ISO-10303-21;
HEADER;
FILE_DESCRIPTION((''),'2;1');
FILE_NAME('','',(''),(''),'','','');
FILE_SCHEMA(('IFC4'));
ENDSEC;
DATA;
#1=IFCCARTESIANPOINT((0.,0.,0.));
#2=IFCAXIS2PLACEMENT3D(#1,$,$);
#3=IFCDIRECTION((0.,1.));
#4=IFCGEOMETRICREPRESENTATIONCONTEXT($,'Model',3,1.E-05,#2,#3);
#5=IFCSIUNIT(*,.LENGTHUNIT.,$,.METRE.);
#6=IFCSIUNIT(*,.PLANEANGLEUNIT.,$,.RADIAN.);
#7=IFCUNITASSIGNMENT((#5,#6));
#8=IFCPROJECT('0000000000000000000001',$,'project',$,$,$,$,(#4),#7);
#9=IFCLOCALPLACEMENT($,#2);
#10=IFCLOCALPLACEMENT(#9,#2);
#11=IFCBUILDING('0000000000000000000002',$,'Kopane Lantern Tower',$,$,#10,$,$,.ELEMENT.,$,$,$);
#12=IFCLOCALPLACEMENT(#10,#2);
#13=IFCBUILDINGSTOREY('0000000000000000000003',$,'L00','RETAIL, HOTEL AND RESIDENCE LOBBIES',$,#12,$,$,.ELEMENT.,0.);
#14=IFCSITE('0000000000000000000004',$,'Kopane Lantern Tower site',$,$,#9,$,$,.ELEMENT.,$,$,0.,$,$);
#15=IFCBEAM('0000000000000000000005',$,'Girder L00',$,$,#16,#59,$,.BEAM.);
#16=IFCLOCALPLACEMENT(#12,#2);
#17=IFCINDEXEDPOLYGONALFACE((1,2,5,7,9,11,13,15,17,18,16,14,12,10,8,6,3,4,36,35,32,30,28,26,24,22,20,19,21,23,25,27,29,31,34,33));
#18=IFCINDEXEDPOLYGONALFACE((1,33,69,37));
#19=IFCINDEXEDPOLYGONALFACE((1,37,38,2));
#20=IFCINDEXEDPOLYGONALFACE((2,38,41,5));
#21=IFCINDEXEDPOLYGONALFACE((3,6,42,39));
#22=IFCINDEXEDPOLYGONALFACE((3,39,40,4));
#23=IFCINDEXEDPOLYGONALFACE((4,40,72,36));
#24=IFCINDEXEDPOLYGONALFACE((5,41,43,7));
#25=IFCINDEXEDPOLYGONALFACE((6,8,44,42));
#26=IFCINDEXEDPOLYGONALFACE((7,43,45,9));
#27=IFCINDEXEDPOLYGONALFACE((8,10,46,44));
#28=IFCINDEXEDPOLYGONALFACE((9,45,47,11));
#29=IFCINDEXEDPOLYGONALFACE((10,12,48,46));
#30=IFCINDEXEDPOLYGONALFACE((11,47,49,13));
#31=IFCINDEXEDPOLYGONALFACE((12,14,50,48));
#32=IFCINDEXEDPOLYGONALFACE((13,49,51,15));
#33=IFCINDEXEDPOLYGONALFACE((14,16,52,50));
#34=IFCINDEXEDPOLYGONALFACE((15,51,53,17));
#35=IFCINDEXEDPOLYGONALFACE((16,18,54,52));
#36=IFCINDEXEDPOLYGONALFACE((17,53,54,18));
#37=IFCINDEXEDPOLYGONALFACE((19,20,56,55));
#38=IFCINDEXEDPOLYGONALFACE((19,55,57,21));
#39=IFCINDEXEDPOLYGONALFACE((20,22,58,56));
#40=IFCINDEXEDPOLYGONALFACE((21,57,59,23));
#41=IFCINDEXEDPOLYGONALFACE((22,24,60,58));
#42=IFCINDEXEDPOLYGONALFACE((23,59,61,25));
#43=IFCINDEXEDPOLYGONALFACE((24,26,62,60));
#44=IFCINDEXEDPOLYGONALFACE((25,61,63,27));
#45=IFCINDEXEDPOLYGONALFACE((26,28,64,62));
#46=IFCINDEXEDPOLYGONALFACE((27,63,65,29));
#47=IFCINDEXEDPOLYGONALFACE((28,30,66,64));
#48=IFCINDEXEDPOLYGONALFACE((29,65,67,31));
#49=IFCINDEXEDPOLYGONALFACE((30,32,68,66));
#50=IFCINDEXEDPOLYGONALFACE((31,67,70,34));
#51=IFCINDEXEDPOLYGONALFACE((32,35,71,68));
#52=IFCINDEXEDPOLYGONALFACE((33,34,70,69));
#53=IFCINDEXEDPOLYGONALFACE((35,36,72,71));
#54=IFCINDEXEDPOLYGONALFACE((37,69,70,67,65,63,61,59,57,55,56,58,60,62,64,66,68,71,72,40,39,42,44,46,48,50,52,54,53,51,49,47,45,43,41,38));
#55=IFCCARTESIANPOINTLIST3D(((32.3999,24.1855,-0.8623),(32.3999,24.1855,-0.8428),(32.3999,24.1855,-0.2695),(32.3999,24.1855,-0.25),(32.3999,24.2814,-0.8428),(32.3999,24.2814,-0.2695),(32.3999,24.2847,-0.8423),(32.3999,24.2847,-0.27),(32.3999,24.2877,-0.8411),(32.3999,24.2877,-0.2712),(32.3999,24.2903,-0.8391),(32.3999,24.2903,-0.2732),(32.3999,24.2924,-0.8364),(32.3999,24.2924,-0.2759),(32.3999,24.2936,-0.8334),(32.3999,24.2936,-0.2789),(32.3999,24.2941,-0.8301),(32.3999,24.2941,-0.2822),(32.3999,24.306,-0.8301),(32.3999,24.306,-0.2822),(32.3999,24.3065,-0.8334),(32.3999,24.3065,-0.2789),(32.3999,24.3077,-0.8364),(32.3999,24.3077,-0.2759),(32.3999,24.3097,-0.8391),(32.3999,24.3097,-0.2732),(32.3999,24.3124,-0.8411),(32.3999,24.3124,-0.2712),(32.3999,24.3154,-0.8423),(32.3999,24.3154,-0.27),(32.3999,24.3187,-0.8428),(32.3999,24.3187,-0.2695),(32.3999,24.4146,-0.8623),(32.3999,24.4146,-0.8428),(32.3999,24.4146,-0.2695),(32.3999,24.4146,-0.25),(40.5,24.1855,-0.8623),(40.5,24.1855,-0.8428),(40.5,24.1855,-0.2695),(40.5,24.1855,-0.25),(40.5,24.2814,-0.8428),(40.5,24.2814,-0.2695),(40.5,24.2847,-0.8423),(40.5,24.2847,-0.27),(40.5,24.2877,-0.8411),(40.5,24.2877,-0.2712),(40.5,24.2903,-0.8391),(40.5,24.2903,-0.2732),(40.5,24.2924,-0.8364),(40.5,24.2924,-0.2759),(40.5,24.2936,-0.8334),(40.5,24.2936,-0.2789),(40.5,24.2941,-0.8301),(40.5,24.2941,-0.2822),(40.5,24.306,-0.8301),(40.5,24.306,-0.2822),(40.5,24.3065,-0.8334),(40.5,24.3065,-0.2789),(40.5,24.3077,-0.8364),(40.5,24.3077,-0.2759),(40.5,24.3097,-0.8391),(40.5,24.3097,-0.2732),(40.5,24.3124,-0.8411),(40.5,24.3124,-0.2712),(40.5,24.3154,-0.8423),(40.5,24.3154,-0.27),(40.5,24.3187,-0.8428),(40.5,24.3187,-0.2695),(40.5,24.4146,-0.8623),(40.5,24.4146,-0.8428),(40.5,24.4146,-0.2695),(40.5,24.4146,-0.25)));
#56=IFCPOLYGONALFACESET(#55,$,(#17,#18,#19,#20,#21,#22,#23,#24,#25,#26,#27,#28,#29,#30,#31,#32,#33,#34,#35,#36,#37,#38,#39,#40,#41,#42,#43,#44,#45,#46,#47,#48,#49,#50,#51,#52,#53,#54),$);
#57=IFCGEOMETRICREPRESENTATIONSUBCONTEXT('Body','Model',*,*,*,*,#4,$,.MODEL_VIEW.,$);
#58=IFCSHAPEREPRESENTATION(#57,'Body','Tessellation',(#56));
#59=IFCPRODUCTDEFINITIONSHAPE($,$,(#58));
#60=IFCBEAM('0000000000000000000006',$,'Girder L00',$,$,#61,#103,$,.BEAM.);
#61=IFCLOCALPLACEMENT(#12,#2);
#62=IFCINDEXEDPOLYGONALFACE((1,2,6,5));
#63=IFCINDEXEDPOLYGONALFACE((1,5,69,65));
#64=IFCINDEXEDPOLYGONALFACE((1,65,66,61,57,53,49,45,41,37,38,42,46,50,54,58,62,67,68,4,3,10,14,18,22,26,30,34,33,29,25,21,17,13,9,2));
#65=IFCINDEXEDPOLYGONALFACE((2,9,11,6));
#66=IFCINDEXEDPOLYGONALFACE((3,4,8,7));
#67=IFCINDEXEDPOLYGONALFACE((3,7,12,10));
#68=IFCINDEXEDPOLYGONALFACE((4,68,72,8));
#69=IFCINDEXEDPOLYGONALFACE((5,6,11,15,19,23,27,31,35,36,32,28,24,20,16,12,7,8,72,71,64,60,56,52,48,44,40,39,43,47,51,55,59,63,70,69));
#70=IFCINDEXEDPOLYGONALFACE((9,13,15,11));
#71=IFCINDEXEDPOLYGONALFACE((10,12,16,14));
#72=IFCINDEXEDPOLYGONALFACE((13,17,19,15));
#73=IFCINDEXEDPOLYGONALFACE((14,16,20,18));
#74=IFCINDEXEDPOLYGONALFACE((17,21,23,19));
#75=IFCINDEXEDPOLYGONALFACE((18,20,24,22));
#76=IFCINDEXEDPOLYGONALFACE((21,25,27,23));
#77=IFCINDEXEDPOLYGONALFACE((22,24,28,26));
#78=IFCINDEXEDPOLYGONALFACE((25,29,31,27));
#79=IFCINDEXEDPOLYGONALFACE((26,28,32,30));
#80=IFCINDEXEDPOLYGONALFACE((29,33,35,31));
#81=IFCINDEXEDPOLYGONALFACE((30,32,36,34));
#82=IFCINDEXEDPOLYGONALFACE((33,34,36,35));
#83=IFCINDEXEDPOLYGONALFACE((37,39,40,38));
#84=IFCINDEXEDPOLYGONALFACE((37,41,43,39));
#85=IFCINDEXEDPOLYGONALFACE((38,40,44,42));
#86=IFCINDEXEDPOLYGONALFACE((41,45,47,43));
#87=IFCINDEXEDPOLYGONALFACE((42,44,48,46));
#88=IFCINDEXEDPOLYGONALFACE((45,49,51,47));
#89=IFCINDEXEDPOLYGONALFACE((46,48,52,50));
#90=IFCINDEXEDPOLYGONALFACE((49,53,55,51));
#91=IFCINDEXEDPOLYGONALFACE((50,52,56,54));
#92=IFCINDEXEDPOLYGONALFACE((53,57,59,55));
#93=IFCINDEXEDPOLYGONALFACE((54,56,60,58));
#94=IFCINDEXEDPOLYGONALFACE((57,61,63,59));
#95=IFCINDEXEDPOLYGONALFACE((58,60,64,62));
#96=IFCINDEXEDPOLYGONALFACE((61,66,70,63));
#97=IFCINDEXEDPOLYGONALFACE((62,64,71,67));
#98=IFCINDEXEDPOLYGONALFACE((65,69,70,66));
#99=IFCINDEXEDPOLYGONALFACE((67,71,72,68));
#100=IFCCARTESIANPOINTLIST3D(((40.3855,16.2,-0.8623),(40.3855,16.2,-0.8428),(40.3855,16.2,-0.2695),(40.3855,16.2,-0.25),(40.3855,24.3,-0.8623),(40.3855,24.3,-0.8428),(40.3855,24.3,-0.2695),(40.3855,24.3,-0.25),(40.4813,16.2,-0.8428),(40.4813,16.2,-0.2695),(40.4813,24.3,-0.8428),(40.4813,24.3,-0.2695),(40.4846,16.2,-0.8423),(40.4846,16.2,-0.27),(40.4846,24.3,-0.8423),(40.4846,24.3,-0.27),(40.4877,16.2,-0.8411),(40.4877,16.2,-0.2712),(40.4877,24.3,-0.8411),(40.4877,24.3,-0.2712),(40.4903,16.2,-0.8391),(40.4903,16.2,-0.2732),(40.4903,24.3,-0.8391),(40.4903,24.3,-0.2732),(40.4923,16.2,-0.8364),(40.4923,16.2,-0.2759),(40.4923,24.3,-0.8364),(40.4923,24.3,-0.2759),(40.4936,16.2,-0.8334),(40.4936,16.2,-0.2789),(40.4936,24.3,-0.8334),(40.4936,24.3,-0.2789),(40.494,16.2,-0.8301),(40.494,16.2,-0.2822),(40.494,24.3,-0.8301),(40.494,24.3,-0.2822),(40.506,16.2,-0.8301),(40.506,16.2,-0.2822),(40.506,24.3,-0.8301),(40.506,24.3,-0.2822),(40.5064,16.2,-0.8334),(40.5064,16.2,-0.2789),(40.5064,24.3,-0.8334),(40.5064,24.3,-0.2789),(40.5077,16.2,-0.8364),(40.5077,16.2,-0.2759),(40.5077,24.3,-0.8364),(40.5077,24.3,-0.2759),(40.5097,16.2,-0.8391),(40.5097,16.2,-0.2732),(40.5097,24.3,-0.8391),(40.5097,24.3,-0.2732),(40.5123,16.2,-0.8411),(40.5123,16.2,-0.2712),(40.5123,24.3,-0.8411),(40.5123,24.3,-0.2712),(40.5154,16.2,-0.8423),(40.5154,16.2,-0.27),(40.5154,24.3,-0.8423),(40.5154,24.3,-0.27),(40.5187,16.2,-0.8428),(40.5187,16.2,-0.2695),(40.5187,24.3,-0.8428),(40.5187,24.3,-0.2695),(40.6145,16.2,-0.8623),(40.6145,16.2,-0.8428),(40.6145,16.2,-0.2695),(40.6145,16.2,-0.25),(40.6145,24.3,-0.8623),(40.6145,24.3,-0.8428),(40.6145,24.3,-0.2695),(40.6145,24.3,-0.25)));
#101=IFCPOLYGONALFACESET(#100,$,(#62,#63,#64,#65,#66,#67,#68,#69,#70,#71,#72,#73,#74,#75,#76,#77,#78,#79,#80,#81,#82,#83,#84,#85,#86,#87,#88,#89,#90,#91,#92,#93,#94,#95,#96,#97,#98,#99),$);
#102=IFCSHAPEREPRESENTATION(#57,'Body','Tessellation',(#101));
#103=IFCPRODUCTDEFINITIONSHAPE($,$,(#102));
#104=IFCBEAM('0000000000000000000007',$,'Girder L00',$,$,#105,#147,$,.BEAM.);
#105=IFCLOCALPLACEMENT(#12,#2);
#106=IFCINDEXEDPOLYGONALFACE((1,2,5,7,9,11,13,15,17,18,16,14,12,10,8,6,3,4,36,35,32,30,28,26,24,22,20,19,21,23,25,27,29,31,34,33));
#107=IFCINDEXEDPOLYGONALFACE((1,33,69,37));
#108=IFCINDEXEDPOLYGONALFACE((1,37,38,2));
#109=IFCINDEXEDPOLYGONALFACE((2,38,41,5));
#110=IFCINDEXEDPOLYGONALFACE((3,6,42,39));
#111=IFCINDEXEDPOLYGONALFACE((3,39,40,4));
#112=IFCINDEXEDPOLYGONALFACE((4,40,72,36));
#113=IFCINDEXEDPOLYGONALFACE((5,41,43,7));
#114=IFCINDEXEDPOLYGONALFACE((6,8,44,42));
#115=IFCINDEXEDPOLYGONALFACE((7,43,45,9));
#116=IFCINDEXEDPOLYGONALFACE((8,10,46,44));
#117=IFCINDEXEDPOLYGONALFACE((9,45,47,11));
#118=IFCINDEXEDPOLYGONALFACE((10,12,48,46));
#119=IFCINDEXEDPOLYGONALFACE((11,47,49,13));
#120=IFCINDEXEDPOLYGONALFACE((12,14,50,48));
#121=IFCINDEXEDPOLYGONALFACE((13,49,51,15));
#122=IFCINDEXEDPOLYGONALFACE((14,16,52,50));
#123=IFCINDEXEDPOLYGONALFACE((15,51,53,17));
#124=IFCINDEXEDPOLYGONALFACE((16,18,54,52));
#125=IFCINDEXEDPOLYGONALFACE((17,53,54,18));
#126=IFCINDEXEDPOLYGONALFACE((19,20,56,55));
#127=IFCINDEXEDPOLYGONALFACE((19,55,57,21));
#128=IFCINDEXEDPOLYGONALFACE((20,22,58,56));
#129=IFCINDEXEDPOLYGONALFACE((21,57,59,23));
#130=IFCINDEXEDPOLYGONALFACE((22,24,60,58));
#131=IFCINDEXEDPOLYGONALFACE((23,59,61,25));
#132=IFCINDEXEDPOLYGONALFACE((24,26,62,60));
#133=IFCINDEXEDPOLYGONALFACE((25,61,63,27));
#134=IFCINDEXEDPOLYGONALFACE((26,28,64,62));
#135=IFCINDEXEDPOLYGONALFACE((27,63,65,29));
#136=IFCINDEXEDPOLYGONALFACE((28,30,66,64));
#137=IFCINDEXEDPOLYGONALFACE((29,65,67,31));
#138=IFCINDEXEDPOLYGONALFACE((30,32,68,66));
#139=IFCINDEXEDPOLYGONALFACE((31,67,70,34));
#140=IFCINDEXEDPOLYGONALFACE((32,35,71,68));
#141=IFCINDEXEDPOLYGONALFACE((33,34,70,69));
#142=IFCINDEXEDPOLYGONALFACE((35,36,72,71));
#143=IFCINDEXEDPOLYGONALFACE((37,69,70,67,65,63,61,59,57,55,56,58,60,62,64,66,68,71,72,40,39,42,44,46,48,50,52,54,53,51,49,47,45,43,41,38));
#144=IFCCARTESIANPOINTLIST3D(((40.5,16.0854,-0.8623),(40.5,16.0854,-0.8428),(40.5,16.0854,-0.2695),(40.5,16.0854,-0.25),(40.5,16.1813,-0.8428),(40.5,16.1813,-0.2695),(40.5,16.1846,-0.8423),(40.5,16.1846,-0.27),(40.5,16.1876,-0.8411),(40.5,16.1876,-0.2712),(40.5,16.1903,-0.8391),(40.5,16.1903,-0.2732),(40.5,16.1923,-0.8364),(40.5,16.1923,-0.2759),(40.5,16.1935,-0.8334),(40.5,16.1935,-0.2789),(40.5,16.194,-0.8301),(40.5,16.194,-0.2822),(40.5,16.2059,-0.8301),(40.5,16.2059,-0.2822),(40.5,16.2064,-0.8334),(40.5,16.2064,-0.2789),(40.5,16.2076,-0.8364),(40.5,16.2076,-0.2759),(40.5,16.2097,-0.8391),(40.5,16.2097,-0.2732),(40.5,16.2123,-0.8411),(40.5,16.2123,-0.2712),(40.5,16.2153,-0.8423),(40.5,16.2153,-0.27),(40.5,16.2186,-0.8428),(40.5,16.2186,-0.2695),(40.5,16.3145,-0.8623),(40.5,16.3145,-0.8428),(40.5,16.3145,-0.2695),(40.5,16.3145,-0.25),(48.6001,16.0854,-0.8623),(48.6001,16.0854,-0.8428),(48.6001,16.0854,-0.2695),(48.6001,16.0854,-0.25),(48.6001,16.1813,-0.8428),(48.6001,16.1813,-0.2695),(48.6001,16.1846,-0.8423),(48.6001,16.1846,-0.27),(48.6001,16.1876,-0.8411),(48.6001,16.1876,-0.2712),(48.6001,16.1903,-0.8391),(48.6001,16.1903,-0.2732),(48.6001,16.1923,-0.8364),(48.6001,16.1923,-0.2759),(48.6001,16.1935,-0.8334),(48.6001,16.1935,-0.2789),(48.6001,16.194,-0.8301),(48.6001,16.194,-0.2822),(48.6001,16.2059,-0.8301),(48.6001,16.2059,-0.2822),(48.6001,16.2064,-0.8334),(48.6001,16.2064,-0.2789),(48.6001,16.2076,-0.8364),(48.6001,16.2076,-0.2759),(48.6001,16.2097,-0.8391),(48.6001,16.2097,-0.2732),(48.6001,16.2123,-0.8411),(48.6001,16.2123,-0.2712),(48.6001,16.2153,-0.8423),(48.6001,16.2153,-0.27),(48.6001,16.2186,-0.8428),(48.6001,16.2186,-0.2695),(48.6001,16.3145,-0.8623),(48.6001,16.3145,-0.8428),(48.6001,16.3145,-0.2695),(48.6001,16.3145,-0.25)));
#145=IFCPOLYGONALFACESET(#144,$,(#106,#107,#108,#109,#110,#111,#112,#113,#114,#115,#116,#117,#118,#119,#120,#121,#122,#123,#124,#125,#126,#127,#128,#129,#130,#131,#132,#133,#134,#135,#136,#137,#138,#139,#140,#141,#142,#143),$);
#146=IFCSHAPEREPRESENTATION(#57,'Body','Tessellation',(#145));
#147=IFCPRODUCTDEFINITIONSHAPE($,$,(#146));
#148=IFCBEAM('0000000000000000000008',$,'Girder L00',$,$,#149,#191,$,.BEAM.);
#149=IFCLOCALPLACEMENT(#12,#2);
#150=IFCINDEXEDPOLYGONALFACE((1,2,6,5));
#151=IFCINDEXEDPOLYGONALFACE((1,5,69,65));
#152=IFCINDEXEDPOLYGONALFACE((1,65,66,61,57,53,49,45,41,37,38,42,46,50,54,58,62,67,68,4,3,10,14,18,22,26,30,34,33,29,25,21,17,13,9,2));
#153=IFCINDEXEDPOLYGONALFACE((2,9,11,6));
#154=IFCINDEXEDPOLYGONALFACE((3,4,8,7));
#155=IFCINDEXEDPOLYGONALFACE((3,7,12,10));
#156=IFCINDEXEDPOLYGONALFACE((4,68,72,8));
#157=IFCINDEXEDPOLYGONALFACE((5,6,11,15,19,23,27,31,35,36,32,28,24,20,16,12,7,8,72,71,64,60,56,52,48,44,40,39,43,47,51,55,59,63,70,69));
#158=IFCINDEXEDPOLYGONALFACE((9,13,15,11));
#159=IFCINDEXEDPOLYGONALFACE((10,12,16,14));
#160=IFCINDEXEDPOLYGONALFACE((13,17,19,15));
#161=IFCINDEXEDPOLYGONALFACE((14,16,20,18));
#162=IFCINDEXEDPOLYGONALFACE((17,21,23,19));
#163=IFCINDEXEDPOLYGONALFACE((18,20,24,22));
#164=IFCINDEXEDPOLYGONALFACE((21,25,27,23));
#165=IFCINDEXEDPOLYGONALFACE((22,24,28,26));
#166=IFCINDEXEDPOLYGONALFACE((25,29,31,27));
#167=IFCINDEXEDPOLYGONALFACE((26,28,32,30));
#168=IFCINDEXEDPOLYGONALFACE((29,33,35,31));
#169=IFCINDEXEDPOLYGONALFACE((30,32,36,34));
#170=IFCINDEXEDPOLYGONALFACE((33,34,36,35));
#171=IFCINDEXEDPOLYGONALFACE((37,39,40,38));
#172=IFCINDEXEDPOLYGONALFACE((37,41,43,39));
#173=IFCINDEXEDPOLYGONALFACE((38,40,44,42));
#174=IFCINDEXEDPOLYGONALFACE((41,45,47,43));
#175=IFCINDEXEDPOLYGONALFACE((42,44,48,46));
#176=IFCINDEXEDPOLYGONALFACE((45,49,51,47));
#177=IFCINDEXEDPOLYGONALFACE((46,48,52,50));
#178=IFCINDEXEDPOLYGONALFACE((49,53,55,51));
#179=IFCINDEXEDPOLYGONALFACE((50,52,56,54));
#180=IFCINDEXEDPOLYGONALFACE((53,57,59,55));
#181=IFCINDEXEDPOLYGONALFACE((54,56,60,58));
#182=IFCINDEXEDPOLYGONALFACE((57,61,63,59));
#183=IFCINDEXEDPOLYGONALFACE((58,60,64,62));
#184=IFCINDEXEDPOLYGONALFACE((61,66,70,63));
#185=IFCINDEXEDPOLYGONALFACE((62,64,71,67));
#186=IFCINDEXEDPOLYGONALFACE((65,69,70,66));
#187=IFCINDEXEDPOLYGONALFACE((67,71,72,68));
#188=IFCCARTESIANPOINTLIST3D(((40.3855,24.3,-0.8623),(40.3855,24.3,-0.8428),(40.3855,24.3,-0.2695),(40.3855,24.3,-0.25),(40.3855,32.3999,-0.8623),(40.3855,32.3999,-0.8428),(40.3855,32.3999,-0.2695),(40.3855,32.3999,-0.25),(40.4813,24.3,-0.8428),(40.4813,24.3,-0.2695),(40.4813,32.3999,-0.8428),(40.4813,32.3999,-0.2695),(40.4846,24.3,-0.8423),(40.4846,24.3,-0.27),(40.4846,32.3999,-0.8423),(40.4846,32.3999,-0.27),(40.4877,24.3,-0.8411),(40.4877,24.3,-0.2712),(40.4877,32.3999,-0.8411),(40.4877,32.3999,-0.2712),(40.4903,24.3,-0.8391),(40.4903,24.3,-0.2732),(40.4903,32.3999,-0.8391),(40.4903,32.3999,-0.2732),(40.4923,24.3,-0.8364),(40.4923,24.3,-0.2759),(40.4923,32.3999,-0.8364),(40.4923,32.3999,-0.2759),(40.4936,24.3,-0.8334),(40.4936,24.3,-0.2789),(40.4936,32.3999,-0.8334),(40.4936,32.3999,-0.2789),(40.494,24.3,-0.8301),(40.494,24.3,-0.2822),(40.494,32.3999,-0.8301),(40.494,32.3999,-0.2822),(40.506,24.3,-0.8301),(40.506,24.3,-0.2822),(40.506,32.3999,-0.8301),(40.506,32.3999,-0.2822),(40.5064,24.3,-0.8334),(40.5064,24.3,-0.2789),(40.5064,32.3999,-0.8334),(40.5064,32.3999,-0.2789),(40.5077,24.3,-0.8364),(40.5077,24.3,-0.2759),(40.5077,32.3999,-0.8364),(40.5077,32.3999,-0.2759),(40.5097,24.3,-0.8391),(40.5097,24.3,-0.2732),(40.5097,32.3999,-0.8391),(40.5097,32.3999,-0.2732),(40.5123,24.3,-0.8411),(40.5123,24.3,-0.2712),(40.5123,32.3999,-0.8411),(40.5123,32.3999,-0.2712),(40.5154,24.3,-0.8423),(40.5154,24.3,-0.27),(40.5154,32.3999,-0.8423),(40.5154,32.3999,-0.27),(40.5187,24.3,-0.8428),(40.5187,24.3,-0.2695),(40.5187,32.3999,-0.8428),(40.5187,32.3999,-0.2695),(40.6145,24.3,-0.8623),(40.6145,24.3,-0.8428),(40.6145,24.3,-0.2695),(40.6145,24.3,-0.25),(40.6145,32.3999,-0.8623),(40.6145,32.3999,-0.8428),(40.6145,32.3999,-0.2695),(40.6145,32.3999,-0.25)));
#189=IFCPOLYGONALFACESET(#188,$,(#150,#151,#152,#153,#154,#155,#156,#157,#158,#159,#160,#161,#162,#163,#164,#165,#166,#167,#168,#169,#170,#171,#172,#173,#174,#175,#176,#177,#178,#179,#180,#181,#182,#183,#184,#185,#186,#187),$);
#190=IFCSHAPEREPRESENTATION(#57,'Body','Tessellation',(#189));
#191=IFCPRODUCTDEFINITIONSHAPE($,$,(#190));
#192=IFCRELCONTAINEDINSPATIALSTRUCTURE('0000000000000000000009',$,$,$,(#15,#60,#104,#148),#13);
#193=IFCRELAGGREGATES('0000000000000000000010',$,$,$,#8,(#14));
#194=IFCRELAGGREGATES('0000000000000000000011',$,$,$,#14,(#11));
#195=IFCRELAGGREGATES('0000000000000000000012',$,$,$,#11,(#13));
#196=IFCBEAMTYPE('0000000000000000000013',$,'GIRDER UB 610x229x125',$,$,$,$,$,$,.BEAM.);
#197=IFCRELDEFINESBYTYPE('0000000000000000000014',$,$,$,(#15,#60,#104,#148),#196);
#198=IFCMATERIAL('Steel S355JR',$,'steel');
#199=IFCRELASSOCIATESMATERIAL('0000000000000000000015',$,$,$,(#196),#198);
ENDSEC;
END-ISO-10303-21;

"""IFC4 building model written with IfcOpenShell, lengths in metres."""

from ifc_helpers import new_model, si_unit, direction, frame, origin, origin_2d, place, context, subcontext, project, spatial, i_section, extrude, material, material_profile, profile_set, type_object, element, save


model = new_model("IFC4")

# Units and contexts
model_context = context("Model", 3, precision=1e-05, world=origin(), true_north=direction((0.0, 1.0)))
body_context = subcontext(model_context, "Body", "Model", "MODEL_VIEW")
ifc_project = project(units=[si_unit("LENGTHUNIT", "METRE"), si_unit("PLANEANGLEUNIT", "RADIAN")], contexts=[model_context])

# Site, building, storey
site_placement = place(None, origin())
site = spatial("IfcSite", under=ifc_project, at=site_placement, Name="Kopane Lantern Tower site", CompositionType="ELEMENT", RefElevation=0.0)
building_placement = place(site_placement, origin())
building = spatial("IfcBuilding", under=site, at=building_placement, Name="Kopane Lantern Tower", CompositionType="ELEMENT")
storey_placement = place(building_placement, origin())
storey = spatial("IfcBuildingStorey", under=building, at=storey_placement, Name="L00", Description="RETAIL, HOTEL AND RESIDENCE LOBBIES", CompositionType="ELEMENT", Elevation=0.0)

# Beams
ifc_material_1 = material(Name="Steel S355JR", Category="steel")
ifc_material_profile_1 = material_profile(ifc_material_1, i_section(OverallWidth=0.229, OverallDepth=0.6123, WebThickness=0.012, FlangeThickness=0.0195, FilletRadius=0.0127, at=origin_2d()), Name="UB 610x229x125")
ifc_profile_set_1 = profile_set([ifc_material_profile_1], Name="Steel S355JR")
beam_type_1 = type_object("IfcBeamType", Name="GIRDER UB 610x229x125", PredefinedType="BEAM", material=ifc_profile_set_1)
for number, where, z_axis, x_axis, name in (
    (1, (32.3999, 24.3, -0.5562), (1.0, 0.0, 0.0), (0.0, 1.0, 0.0), "Girder L00"),
    (2, (40.5, 16.2, -0.5562), (0.0, 1.0, 0.0), (-1.0, 0.0, 0.0), "Girder L00"),
    (3, (40.5, 16.2, -0.5562), (1.0, 0.0, 0.0), (0.0, 1.0, 0.0), "Girder L00"),
):
    element("IfcBeam", number, at=place(storey_placement, frame(where, z_axis=z_axis, x_axis=x_axis)), inside=storey, type_object=beam_type_1, Name=name, PredefinedType="BEAM", context=body_context, shape_type="SweptSolid", body=[
        extrude(i_section(OverallWidth=0.229, OverallDepth=0.6123, WebThickness=0.012, FlangeThickness=0.0195, FilletRadius=0.0127, at=origin_2d()), origin(), (0.0, 0.0, 1.0), 8.1001),
    ])
beam_1_placement = place(storey_placement, frame((40.5, 24.3, -0.5562), z_axis=(0.0, 1.0, 0.0), x_axis=(-1.0, 0.0, 0.0)))
element("IfcBeam", 4, at=beam_1_placement, inside=storey, type_object=beam_type_1, Name="Girder L00", PredefinedType="BEAM", context=body_context, shape_type="SweptSolid", body=[
    extrude(i_section(OverallWidth=0.229, OverallDepth=0.6123, WebThickness=0.012, FlangeThickness=0.0195, FilletRadius=0.0127, at=origin_2d()), origin(), (0.0, 0.0, 1.0), 8.0999),
])

save(model, "model.ifc")
